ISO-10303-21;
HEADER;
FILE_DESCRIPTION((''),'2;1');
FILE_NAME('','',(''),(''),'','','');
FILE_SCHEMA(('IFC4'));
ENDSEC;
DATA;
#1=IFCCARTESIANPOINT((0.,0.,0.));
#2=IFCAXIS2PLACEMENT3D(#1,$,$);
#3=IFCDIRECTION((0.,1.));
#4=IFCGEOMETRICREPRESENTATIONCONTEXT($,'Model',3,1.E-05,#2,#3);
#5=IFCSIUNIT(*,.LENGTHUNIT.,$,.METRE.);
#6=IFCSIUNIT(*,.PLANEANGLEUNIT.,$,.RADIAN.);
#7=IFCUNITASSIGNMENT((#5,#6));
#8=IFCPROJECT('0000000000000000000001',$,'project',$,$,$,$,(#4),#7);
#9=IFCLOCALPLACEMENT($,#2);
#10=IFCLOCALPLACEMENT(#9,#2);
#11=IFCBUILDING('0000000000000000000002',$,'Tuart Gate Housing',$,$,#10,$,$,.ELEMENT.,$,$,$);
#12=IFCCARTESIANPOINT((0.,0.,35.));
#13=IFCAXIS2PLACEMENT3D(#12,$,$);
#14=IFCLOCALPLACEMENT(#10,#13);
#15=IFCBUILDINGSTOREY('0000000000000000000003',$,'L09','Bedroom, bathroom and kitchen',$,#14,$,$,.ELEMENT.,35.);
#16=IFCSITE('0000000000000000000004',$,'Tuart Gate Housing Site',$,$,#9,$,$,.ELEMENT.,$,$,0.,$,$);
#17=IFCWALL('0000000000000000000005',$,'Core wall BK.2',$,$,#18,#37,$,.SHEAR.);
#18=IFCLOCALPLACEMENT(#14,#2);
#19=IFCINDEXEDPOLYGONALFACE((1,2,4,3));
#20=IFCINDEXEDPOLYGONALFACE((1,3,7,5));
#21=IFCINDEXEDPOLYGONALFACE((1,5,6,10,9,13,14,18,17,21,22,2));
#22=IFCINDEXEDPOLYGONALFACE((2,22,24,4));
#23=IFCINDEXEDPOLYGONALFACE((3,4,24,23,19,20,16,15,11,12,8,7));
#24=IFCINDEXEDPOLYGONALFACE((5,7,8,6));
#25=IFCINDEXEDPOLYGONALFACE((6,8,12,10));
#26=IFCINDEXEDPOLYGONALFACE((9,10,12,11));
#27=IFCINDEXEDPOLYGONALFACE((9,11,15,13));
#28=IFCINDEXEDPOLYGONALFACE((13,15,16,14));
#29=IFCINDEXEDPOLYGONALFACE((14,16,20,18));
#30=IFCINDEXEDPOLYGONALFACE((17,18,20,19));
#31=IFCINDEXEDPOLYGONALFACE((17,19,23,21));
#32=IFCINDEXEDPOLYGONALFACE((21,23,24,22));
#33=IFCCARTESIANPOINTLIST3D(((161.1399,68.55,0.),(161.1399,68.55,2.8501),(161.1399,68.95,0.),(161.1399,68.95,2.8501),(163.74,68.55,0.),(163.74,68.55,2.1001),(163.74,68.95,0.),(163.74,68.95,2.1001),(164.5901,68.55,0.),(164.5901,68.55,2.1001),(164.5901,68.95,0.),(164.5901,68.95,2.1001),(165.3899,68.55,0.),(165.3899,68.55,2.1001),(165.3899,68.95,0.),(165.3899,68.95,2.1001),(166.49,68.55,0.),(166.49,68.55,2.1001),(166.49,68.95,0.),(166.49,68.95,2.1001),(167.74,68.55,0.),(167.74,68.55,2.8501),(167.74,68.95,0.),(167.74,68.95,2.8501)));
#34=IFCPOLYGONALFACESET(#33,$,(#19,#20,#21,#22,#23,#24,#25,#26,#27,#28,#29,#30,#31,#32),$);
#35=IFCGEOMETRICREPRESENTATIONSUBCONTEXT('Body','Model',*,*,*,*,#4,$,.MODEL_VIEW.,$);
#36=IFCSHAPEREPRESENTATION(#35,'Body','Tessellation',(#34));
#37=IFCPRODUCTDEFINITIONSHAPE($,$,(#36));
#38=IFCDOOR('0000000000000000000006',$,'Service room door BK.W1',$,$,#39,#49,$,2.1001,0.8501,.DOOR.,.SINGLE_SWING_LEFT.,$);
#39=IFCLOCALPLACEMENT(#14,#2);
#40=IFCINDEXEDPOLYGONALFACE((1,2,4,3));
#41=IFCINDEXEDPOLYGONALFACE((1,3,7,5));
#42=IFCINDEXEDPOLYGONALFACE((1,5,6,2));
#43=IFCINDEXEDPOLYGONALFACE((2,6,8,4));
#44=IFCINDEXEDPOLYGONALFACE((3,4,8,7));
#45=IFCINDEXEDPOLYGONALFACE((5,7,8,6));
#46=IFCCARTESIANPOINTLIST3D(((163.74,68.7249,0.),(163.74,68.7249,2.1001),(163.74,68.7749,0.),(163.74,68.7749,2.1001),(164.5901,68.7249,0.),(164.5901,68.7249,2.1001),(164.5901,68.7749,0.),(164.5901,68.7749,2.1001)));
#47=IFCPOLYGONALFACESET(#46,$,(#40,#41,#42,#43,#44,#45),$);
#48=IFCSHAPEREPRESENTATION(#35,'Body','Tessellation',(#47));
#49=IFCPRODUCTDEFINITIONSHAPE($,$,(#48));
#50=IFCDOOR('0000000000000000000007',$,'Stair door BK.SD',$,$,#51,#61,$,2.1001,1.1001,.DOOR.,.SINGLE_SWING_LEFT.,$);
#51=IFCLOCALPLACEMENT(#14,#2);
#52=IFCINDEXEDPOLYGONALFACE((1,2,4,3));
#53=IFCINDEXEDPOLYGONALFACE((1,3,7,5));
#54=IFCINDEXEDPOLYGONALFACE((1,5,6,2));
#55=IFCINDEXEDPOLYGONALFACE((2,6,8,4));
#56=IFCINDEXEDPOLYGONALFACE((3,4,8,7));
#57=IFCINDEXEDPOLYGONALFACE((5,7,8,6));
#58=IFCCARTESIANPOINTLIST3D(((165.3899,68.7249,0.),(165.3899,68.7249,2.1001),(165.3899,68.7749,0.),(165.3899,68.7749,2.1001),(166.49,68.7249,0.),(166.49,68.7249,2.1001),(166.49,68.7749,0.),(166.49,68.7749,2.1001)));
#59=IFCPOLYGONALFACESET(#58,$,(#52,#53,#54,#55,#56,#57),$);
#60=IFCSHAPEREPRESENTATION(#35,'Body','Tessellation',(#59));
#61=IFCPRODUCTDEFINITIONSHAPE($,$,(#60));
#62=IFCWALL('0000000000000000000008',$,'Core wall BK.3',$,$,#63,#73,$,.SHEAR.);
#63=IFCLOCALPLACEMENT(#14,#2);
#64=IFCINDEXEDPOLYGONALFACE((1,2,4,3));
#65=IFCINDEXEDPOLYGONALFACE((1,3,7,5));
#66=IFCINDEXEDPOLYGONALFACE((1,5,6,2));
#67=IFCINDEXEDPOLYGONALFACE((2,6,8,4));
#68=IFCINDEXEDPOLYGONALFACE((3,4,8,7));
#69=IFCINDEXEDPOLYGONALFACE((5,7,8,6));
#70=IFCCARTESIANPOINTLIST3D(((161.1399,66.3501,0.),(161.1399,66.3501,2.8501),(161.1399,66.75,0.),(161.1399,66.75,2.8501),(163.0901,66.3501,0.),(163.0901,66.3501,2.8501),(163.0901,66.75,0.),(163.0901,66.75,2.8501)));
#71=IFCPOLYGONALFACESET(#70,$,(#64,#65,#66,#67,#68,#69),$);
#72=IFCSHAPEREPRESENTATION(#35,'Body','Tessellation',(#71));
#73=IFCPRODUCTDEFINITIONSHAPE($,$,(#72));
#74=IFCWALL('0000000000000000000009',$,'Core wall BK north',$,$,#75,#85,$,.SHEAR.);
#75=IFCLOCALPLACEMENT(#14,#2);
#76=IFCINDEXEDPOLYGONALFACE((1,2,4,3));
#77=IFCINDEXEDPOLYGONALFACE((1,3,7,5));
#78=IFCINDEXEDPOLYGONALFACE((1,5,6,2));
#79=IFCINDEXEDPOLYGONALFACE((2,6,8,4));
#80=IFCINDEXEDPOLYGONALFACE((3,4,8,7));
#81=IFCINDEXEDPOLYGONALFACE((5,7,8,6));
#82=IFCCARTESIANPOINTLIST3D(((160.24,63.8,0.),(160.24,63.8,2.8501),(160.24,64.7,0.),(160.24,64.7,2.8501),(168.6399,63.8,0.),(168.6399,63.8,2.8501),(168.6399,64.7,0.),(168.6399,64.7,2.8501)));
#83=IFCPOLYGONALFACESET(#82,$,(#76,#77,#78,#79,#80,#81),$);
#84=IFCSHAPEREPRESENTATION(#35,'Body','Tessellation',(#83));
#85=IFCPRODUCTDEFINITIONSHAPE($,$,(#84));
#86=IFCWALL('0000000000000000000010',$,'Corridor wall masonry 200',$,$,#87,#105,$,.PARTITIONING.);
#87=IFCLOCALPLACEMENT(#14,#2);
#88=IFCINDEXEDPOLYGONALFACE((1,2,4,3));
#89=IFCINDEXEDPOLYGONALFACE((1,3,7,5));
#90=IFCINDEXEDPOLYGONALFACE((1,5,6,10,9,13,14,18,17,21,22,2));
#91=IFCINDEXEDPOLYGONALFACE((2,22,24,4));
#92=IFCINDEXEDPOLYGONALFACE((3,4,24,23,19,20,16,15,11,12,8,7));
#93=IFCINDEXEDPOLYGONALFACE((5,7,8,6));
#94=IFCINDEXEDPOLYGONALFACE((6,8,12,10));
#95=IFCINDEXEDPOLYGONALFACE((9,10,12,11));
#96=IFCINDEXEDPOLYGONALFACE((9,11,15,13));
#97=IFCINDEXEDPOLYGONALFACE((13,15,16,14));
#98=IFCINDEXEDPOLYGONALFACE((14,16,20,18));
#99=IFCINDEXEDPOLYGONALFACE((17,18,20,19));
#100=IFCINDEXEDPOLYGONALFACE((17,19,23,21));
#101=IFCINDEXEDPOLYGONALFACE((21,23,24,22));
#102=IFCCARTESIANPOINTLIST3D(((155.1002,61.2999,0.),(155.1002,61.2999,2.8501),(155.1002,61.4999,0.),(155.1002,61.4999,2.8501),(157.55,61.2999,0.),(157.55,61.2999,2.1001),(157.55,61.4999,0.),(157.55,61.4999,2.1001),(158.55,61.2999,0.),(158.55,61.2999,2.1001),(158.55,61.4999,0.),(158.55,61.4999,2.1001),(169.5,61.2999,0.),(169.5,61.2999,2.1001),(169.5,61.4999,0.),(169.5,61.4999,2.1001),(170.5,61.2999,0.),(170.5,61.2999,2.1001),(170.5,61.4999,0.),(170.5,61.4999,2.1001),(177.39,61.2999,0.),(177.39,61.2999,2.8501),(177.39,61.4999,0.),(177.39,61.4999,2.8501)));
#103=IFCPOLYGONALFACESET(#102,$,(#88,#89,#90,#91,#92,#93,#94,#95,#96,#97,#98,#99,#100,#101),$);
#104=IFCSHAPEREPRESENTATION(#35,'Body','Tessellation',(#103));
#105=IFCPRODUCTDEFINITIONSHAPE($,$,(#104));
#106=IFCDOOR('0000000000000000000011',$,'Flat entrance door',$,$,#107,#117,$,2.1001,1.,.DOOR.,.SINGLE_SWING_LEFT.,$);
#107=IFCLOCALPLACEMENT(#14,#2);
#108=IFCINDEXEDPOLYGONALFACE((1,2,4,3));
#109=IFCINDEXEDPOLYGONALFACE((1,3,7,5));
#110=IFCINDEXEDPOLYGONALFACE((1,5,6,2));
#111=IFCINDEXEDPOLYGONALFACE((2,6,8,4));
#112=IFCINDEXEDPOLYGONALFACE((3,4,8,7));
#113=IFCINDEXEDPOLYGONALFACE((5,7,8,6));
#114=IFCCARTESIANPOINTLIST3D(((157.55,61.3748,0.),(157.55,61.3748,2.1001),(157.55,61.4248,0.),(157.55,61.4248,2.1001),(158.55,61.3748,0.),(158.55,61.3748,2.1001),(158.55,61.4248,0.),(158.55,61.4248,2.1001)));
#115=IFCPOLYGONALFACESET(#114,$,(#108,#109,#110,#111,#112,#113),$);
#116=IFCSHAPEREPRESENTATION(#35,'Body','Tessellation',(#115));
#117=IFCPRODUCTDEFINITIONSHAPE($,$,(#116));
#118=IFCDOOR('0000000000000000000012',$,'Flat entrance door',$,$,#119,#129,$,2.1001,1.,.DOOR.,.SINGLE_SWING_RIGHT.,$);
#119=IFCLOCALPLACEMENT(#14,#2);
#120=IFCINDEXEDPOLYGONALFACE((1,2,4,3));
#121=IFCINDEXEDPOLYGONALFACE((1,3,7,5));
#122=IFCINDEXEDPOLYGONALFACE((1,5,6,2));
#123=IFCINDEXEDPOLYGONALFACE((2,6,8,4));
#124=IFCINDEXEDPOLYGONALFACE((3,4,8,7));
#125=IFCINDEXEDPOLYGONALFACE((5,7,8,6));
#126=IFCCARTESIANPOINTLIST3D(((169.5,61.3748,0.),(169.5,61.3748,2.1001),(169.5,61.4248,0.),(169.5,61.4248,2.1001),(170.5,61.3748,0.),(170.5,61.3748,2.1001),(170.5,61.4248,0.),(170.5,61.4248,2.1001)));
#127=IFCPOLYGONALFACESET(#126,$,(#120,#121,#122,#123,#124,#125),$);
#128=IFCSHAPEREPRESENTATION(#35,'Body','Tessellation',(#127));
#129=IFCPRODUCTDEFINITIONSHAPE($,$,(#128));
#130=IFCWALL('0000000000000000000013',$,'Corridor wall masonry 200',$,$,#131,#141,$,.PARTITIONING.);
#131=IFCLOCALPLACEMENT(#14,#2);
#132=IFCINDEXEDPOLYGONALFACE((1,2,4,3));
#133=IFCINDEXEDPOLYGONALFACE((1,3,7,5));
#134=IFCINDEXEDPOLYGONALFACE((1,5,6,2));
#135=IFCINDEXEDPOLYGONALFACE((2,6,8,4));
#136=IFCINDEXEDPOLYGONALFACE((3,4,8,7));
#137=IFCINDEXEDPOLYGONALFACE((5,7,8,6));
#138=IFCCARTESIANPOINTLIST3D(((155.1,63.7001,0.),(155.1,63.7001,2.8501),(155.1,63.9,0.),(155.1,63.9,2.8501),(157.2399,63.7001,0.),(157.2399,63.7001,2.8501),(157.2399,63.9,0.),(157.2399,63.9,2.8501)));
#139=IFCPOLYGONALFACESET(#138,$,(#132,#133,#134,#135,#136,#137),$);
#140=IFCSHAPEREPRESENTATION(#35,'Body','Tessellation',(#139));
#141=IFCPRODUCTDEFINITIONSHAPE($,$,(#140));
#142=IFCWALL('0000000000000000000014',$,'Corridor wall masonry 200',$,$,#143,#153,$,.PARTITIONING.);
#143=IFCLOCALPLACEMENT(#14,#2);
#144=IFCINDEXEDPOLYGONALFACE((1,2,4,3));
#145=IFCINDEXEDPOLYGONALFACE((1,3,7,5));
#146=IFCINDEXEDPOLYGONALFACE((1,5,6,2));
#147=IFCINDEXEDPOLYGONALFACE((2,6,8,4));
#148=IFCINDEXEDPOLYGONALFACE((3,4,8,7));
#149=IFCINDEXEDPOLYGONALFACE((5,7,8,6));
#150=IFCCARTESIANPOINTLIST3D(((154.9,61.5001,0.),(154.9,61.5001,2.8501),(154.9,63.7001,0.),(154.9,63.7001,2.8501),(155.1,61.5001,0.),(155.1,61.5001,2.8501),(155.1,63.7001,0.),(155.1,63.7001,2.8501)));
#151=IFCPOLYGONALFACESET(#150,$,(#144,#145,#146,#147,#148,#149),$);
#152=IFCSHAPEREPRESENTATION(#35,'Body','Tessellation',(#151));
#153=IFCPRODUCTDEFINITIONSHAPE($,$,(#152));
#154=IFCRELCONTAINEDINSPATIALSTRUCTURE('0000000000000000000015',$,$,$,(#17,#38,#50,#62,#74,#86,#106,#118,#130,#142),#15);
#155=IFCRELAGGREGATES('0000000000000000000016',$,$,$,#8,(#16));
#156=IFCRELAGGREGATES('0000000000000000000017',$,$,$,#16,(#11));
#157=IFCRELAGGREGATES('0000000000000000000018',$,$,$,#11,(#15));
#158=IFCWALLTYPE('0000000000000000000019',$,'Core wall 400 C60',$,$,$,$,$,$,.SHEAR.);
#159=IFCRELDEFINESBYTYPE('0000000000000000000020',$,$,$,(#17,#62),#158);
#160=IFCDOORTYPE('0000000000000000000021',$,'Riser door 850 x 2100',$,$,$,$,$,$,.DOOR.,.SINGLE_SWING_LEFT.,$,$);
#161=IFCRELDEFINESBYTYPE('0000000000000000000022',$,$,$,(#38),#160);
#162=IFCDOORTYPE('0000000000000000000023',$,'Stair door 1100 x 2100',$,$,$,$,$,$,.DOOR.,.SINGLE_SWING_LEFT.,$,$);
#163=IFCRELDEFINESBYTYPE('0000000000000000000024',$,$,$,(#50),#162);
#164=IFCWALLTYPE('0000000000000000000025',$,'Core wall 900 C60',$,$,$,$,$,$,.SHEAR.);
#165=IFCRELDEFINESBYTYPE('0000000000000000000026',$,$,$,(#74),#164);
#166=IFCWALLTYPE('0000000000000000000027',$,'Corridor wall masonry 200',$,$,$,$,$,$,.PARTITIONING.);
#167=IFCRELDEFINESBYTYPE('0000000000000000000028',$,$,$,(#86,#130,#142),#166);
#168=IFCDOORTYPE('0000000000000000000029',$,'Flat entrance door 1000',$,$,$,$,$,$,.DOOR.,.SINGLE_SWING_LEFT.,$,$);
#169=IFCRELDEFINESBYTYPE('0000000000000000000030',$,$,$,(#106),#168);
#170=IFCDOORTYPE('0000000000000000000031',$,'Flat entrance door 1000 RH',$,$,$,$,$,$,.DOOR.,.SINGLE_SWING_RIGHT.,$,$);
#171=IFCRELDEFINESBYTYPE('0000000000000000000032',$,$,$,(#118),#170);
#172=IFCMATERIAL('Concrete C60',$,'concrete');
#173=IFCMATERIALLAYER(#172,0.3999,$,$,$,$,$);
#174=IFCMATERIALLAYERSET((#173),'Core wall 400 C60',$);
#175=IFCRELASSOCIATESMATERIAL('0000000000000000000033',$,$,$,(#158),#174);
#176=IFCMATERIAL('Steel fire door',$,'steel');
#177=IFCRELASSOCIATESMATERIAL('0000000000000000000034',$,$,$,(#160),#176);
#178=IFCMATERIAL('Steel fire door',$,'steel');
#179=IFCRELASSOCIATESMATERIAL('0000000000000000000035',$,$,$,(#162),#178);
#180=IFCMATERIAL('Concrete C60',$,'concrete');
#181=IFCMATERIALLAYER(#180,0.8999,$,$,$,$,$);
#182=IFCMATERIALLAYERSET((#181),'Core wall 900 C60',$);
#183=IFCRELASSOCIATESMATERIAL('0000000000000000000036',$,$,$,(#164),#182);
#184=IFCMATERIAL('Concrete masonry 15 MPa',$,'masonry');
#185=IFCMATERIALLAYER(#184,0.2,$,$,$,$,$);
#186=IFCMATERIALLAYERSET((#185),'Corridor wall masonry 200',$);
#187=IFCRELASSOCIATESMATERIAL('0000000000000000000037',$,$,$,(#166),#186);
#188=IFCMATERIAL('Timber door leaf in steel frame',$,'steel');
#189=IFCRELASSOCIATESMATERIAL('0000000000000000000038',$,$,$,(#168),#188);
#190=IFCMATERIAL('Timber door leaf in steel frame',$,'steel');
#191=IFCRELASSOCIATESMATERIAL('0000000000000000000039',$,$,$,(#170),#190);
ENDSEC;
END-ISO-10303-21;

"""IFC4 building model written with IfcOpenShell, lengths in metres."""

from ifc_helpers import new_model, si_unit, direction, frame, frame_2d, origin, place, context, subcontext, project, spatial, rectangle, extrude, material, layer, layer_set, type_object, element, fill, save


model = new_model("IFC4")

# Units and contexts
model_context = context("Model", 3, precision=1e-05, world=origin(), true_north=direction((0.0, 1.0)))
body_context = subcontext(model_context, "Body", "Model", "MODEL_VIEW")
ifc_project = project(units=[si_unit("LENGTHUNIT", "METRE"), si_unit("PLANEANGLEUNIT", "RADIAN")], contexts=[model_context])

# Site, building, storey
site_placement = place(None, origin())
site = spatial("IfcSite", under=ifc_project, at=site_placement, Name="Tuart Gate Housing Site", CompositionType="ELEMENT", RefElevation=0.0)
building_placement = place(site_placement, origin())
building = spatial("IfcBuilding", under=site, at=building_placement, Name="Tuart Gate Housing", CompositionType="ELEMENT")
storey_placement = place(building_placement, frame((0.0, 0.0, 35.0)))
storey = spatial("IfcBuildingStorey", under=building, at=storey_placement, Name="L09", Description="Bedroom, bathroom and kitchen", CompositionType="ELEMENT", Elevation=35.0)

# Wall, openings, doors
ifc_material_1 = material(Name="Concrete C60", Category="concrete")
ifc_layer_1 = layer(ifc_material_1, 0.3999)
ifc_layer_set_1 = layer_set([ifc_layer_1], Name="Core wall 400 C60")
wall_type_1 = type_object("IfcWallType", Name="Core wall 400 C60", PredefinedType="SHEAR", material=ifc_layer_set_1)
wall_1_placement = place(storey_placement, frame((161.1399, 68.75, 0.0), z_axis=(0.0, 0.0, 1.0), x_axis=(1.0, 0.0, 0.0)))
wall_1 = element("IfcWall", 1, at=wall_1_placement, inside=storey, type_object=wall_type_1, Name="Core wall BK.2", PredefinedType="SHEAR", context=body_context, shape_type="SweptSolid", body=[
    extrude(rectangle(XDim=6.6001, YDim=0.3999, at=frame_2d((3.3, 0.0))), origin(), (0.0, 0.0, 1.0), 2.8501),
])
opening_1_placement = place(wall_1_placement, frame((4.25, 0.0, 0.0)))
opening_1 = element("IfcOpeningElement", 2, at=opening_1_placement, cuts=wall_1, PredefinedType="OPENING", context=body_context, shape_type="SweptSolid", body=[
    extrude(rectangle(XDim=1.1001, YDim=2.1001, at=frame_2d((0.55, 1.05))), frame((0.0, 0.21, 0.0), z_axis=(0.0, -1.0, 0.0), x_axis=(1.0, 0.0, 0.0)), (0.0, 0.0, 1.0), 0.4199),
])
opening_2_placement = place(wall_1_placement, frame((2.6001, 0.0, 0.0)))
opening_2 = element("IfcOpeningElement", 3, at=opening_2_placement, cuts=wall_1, PredefinedType="OPENING", context=body_context, shape_type="SweptSolid", body=[
    extrude(rectangle(XDim=0.8501, YDim=2.1001, at=frame_2d((0.425, 1.05))), frame((0.0, 0.21, 0.0), z_axis=(0.0, -1.0, 0.0), x_axis=(1.0, 0.0, 0.0)), (0.0, 0.0, 1.0), 0.4199),
])
ifc_material_2 = material(Name="Steel fire door", Category="steel")
door_type_1 = type_object("IfcDoorType", Name="Riser door 850 x 2100", OperationType="SINGLE_SWING_LEFT", PredefinedType="DOOR", material=ifc_material_2)
door_1_placement = place(opening_2_placement, origin())
door_1 = element("IfcDoor", 4, at=door_1_placement, inside=storey, type_object=door_type_1, Name="Service room door BK.W1", OperationType="SINGLE_SWING_LEFT", OverallHeight=2.1001, OverallWidth=0.8501, PredefinedType="DOOR", context=body_context, shape_type="SweptSolid", body=[
    extrude(rectangle(XDim=0.8501, YDim=2.1001, at=frame_2d((0.425, 1.05))), frame((0.0, 0.0249, 0.0), z_axis=(0.0, -1.0, 0.0), x_axis=(1.0, 0.0, 0.0)), (0.0, 0.0, 1.0), 0.05),
])
fill(opening_2, door_1)
ifc_material_3 = material(Name="Steel fire door", Category="steel")
door_type_2 = type_object("IfcDoorType", Name="Stair door 1100 x 2100", OperationType="SINGLE_SWING_LEFT", PredefinedType="DOOR", material=ifc_material_3)
door_2_placement = place(opening_1_placement, origin())
door_2 = element("IfcDoor", 5, at=door_2_placement, inside=storey, type_object=door_type_2, Name="Stair door BK.SD", OperationType="SINGLE_SWING_LEFT", OverallHeight=2.1001, OverallWidth=1.1001, PredefinedType="DOOR", context=body_context, shape_type="SweptSolid", body=[
    extrude(rectangle(XDim=1.1001, YDim=2.1001, at=frame_2d((0.55, 1.05))), frame((0.0, 0.0249, 0.0), z_axis=(0.0, -1.0, 0.0), x_axis=(1.0, 0.0, 0.0)), (0.0, 0.0, 1.0), 0.05),
])
fill(opening_1, door_2)

# Walls
wall_2_placement = place(storey_placement, frame((161.1399, 66.55, 0.0), z_axis=(0.0, 0.0, 1.0), x_axis=(1.0, 0.0, 0.0)))
element("IfcWall", 6, at=wall_2_placement, inside=storey, type_object=wall_type_1, Name="Core wall BK.3", PredefinedType="SHEAR", context=body_context, shape_type="SweptSolid", body=[
    extrude(rectangle(XDim=1.9502, YDim=0.3999, at=frame_2d((0.9751, 0.0))), origin(), (0.0, 0.0, 1.0), 2.8501),
])
ifc_material_4 = material(Name="Concrete C60", Category="concrete")
ifc_layer_2 = layer(ifc_material_4, 0.8999)
ifc_layer_set_2 = layer_set([ifc_layer_2], Name="Core wall 900 C60")
wall_type_2 = type_object("IfcWallType", Name="Core wall 900 C60", PredefinedType="SHEAR", material=ifc_layer_set_2)
wall_3_placement = place(storey_placement, frame((160.24, 64.25, 0.0), z_axis=(0.0, 0.0, 1.0), x_axis=(1.0, 0.0, 0.0)))
element("IfcWall", 7, at=wall_3_placement, inside=storey, type_object=wall_type_2, Name="Core wall BK north", PredefinedType="SHEAR", context=body_context, shape_type="SweptSolid", body=[
    extrude(rectangle(XDim=8.3999, YDim=0.8999, at=frame_2d((4.2, 0.0))), origin(), (0.0, 0.0, 1.0), 2.8501),
])

# Wall, openings, doors
ifc_material_5 = material(Name="Concrete masonry 15 MPa", Category="masonry")
ifc_layer_3 = layer(ifc_material_5, 0.2)
ifc_layer_set_3 = layer_set([ifc_layer_3], Name="Corridor wall masonry 200")
wall_type_3 = type_object("IfcWallType", Name="Corridor wall masonry 200", PredefinedType="PARTITIONING", material=ifc_layer_set_3)
wall_4_placement = place(storey_placement, frame((155.1001, 61.3999, 0.0), z_axis=(0.0, 0.0, 1.0), x_axis=(1.0, 0.0, 0.0)))
wall_4 = element("IfcWall", 8, at=wall_4_placement, inside=storey, type_object=wall_type_3, Name="Corridor wall masonry 200", PredefinedType="PARTITIONING", context=body_context, shape_type="SweptSolid", body=[
    extrude(rectangle(XDim=22.2898, YDim=0.2, at=frame_2d((11.145, 0.0))), origin(), (0.0, 0.0, 1.0), 2.8501),
])
opening_3_placement = place(wall_4_placement, frame((2.45, 0.0, 0.0)))
opening_3 = element("IfcOpeningElement", 9, at=opening_3_placement, cuts=wall_4, PredefinedType="OPENING", context=body_context, shape_type="SweptSolid", body=[
    extrude(rectangle(XDim=1.0, YDim=2.1001, at=frame_2d((0.5, 1.05))), frame((0.0, 0.1099, 0.0), z_axis=(0.0, -1.0, 0.0), x_axis=(1.0, 0.0, 0.0)), (0.0, 0.0, 1.0), 0.22),
])
opening_4_placement = place(wall_4_placement, frame((14.3999, 0.0, 0.0)))
opening_4 = element("IfcOpeningElement", 10, at=opening_4_placement, cuts=wall_4, PredefinedType="OPENING", context=body_context, shape_type="SweptSolid", body=[
    extrude(rectangle(XDim=1.0, YDim=2.1001, at=frame_2d((0.5, 1.05))), frame((0.0, 0.1099, 0.0), z_axis=(0.0, -1.0, 0.0), x_axis=(1.0, 0.0, 0.0)), (0.0, 0.0, 1.0), 0.22),
])
ifc_material_6 = material(Name="Timber door leaf in steel frame", Category="steel")
door_type_3 = type_object("IfcDoorType", Name="Flat entrance door 1000", OperationType="SINGLE_SWING_LEFT", PredefinedType="DOOR", material=ifc_material_6)
door_3_placement = place(opening_3_placement, frame((1.0, 0.0, 0.0), z_axis=(0.0, 0.0, 1.0), x_axis=(-1.0, 0.0, 0.0)))
door_3 = element("IfcDoor", 11, at=door_3_placement, inside=storey, type_object=door_type_3, Name="Flat entrance door", OperationType="SINGLE_SWING_LEFT", OverallHeight=2.1001, OverallWidth=1.0, PredefinedType="DOOR", context=body_context, shape_type="SweptSolid", body=[
    extrude(rectangle(XDim=1.0, YDim=2.1001, at=frame_2d((0.5, 1.05))), frame((0.0, 0.0251, 0.0), z_axis=(0.0, -1.0, 0.0), x_axis=(1.0, 0.0, 0.0)), (0.0, 0.0, 1.0), 0.05),
])
fill(opening_3, door_3)
ifc_material_7 = material(Name="Timber door leaf in steel frame", Category="steel")
door_type_4 = type_object("IfcDoorType", Name="Flat entrance door 1000 RH", OperationType="SINGLE_SWING_RIGHT", PredefinedType="DOOR", material=ifc_material_7)
door_4_placement = place(opening_4_placement, frame((1.0, 0.0, 0.0), z_axis=(0.0, 0.0, 1.0), x_axis=(-1.0, 0.0, 0.0)))
door_4 = element("IfcDoor", 12, at=door_4_placement, inside=storey, type_object=door_type_4, Name="Flat entrance door", OperationType="SINGLE_SWING_RIGHT", OverallHeight=2.1001, OverallWidth=1.0, PredefinedType="DOOR", context=body_context, shape_type="SweptSolid", body=[
    extrude(rectangle(XDim=1.0, YDim=2.1001, at=frame_2d((0.5, 1.05))), frame((0.0, 0.0251, 0.0), z_axis=(0.0, -1.0, 0.0), x_axis=(1.0, 0.0, 0.0)), (0.0, 0.0, 1.0), 0.05),
])
fill(opening_4, door_4)

# Walls
wall_5_placement = place(storey_placement, frame((155.1001, 63.8, 0.0), z_axis=(0.0, 0.0, 1.0), x_axis=(1.0, 0.0, 0.0)))
element("IfcWall", 13, at=wall_5_placement, inside=storey, type_object=wall_type_3, Name="Corridor wall masonry 200", PredefinedType="PARTITIONING", context=body_context, shape_type="SweptSolid", body=[
    extrude(rectangle(XDim=2.1399, YDim=0.2, at=frame_2d((1.0698, 0.0))), origin(), (0.0, 0.0, 1.0), 2.8501),
])
wall_6_placement = place(storey_placement, frame((155.0, 61.5, 0.0), z_axis=(0.0, 0.0, 1.0), x_axis=(0.0, 1.0, 0.0)))
element("IfcWall", 14, at=wall_6_placement, inside=storey, type_object=wall_type_3, Name="Corridor wall masonry 200", PredefinedType="PARTITIONING", context=body_context, shape_type="SweptSolid", body=[
    extrude(rectangle(XDim=2.2, YDim=0.2, at=frame_2d((1.1001, 0.0))), origin(), (0.0, 0.0, 1.0), 2.8501),
])

save(model, "model.ifc")
